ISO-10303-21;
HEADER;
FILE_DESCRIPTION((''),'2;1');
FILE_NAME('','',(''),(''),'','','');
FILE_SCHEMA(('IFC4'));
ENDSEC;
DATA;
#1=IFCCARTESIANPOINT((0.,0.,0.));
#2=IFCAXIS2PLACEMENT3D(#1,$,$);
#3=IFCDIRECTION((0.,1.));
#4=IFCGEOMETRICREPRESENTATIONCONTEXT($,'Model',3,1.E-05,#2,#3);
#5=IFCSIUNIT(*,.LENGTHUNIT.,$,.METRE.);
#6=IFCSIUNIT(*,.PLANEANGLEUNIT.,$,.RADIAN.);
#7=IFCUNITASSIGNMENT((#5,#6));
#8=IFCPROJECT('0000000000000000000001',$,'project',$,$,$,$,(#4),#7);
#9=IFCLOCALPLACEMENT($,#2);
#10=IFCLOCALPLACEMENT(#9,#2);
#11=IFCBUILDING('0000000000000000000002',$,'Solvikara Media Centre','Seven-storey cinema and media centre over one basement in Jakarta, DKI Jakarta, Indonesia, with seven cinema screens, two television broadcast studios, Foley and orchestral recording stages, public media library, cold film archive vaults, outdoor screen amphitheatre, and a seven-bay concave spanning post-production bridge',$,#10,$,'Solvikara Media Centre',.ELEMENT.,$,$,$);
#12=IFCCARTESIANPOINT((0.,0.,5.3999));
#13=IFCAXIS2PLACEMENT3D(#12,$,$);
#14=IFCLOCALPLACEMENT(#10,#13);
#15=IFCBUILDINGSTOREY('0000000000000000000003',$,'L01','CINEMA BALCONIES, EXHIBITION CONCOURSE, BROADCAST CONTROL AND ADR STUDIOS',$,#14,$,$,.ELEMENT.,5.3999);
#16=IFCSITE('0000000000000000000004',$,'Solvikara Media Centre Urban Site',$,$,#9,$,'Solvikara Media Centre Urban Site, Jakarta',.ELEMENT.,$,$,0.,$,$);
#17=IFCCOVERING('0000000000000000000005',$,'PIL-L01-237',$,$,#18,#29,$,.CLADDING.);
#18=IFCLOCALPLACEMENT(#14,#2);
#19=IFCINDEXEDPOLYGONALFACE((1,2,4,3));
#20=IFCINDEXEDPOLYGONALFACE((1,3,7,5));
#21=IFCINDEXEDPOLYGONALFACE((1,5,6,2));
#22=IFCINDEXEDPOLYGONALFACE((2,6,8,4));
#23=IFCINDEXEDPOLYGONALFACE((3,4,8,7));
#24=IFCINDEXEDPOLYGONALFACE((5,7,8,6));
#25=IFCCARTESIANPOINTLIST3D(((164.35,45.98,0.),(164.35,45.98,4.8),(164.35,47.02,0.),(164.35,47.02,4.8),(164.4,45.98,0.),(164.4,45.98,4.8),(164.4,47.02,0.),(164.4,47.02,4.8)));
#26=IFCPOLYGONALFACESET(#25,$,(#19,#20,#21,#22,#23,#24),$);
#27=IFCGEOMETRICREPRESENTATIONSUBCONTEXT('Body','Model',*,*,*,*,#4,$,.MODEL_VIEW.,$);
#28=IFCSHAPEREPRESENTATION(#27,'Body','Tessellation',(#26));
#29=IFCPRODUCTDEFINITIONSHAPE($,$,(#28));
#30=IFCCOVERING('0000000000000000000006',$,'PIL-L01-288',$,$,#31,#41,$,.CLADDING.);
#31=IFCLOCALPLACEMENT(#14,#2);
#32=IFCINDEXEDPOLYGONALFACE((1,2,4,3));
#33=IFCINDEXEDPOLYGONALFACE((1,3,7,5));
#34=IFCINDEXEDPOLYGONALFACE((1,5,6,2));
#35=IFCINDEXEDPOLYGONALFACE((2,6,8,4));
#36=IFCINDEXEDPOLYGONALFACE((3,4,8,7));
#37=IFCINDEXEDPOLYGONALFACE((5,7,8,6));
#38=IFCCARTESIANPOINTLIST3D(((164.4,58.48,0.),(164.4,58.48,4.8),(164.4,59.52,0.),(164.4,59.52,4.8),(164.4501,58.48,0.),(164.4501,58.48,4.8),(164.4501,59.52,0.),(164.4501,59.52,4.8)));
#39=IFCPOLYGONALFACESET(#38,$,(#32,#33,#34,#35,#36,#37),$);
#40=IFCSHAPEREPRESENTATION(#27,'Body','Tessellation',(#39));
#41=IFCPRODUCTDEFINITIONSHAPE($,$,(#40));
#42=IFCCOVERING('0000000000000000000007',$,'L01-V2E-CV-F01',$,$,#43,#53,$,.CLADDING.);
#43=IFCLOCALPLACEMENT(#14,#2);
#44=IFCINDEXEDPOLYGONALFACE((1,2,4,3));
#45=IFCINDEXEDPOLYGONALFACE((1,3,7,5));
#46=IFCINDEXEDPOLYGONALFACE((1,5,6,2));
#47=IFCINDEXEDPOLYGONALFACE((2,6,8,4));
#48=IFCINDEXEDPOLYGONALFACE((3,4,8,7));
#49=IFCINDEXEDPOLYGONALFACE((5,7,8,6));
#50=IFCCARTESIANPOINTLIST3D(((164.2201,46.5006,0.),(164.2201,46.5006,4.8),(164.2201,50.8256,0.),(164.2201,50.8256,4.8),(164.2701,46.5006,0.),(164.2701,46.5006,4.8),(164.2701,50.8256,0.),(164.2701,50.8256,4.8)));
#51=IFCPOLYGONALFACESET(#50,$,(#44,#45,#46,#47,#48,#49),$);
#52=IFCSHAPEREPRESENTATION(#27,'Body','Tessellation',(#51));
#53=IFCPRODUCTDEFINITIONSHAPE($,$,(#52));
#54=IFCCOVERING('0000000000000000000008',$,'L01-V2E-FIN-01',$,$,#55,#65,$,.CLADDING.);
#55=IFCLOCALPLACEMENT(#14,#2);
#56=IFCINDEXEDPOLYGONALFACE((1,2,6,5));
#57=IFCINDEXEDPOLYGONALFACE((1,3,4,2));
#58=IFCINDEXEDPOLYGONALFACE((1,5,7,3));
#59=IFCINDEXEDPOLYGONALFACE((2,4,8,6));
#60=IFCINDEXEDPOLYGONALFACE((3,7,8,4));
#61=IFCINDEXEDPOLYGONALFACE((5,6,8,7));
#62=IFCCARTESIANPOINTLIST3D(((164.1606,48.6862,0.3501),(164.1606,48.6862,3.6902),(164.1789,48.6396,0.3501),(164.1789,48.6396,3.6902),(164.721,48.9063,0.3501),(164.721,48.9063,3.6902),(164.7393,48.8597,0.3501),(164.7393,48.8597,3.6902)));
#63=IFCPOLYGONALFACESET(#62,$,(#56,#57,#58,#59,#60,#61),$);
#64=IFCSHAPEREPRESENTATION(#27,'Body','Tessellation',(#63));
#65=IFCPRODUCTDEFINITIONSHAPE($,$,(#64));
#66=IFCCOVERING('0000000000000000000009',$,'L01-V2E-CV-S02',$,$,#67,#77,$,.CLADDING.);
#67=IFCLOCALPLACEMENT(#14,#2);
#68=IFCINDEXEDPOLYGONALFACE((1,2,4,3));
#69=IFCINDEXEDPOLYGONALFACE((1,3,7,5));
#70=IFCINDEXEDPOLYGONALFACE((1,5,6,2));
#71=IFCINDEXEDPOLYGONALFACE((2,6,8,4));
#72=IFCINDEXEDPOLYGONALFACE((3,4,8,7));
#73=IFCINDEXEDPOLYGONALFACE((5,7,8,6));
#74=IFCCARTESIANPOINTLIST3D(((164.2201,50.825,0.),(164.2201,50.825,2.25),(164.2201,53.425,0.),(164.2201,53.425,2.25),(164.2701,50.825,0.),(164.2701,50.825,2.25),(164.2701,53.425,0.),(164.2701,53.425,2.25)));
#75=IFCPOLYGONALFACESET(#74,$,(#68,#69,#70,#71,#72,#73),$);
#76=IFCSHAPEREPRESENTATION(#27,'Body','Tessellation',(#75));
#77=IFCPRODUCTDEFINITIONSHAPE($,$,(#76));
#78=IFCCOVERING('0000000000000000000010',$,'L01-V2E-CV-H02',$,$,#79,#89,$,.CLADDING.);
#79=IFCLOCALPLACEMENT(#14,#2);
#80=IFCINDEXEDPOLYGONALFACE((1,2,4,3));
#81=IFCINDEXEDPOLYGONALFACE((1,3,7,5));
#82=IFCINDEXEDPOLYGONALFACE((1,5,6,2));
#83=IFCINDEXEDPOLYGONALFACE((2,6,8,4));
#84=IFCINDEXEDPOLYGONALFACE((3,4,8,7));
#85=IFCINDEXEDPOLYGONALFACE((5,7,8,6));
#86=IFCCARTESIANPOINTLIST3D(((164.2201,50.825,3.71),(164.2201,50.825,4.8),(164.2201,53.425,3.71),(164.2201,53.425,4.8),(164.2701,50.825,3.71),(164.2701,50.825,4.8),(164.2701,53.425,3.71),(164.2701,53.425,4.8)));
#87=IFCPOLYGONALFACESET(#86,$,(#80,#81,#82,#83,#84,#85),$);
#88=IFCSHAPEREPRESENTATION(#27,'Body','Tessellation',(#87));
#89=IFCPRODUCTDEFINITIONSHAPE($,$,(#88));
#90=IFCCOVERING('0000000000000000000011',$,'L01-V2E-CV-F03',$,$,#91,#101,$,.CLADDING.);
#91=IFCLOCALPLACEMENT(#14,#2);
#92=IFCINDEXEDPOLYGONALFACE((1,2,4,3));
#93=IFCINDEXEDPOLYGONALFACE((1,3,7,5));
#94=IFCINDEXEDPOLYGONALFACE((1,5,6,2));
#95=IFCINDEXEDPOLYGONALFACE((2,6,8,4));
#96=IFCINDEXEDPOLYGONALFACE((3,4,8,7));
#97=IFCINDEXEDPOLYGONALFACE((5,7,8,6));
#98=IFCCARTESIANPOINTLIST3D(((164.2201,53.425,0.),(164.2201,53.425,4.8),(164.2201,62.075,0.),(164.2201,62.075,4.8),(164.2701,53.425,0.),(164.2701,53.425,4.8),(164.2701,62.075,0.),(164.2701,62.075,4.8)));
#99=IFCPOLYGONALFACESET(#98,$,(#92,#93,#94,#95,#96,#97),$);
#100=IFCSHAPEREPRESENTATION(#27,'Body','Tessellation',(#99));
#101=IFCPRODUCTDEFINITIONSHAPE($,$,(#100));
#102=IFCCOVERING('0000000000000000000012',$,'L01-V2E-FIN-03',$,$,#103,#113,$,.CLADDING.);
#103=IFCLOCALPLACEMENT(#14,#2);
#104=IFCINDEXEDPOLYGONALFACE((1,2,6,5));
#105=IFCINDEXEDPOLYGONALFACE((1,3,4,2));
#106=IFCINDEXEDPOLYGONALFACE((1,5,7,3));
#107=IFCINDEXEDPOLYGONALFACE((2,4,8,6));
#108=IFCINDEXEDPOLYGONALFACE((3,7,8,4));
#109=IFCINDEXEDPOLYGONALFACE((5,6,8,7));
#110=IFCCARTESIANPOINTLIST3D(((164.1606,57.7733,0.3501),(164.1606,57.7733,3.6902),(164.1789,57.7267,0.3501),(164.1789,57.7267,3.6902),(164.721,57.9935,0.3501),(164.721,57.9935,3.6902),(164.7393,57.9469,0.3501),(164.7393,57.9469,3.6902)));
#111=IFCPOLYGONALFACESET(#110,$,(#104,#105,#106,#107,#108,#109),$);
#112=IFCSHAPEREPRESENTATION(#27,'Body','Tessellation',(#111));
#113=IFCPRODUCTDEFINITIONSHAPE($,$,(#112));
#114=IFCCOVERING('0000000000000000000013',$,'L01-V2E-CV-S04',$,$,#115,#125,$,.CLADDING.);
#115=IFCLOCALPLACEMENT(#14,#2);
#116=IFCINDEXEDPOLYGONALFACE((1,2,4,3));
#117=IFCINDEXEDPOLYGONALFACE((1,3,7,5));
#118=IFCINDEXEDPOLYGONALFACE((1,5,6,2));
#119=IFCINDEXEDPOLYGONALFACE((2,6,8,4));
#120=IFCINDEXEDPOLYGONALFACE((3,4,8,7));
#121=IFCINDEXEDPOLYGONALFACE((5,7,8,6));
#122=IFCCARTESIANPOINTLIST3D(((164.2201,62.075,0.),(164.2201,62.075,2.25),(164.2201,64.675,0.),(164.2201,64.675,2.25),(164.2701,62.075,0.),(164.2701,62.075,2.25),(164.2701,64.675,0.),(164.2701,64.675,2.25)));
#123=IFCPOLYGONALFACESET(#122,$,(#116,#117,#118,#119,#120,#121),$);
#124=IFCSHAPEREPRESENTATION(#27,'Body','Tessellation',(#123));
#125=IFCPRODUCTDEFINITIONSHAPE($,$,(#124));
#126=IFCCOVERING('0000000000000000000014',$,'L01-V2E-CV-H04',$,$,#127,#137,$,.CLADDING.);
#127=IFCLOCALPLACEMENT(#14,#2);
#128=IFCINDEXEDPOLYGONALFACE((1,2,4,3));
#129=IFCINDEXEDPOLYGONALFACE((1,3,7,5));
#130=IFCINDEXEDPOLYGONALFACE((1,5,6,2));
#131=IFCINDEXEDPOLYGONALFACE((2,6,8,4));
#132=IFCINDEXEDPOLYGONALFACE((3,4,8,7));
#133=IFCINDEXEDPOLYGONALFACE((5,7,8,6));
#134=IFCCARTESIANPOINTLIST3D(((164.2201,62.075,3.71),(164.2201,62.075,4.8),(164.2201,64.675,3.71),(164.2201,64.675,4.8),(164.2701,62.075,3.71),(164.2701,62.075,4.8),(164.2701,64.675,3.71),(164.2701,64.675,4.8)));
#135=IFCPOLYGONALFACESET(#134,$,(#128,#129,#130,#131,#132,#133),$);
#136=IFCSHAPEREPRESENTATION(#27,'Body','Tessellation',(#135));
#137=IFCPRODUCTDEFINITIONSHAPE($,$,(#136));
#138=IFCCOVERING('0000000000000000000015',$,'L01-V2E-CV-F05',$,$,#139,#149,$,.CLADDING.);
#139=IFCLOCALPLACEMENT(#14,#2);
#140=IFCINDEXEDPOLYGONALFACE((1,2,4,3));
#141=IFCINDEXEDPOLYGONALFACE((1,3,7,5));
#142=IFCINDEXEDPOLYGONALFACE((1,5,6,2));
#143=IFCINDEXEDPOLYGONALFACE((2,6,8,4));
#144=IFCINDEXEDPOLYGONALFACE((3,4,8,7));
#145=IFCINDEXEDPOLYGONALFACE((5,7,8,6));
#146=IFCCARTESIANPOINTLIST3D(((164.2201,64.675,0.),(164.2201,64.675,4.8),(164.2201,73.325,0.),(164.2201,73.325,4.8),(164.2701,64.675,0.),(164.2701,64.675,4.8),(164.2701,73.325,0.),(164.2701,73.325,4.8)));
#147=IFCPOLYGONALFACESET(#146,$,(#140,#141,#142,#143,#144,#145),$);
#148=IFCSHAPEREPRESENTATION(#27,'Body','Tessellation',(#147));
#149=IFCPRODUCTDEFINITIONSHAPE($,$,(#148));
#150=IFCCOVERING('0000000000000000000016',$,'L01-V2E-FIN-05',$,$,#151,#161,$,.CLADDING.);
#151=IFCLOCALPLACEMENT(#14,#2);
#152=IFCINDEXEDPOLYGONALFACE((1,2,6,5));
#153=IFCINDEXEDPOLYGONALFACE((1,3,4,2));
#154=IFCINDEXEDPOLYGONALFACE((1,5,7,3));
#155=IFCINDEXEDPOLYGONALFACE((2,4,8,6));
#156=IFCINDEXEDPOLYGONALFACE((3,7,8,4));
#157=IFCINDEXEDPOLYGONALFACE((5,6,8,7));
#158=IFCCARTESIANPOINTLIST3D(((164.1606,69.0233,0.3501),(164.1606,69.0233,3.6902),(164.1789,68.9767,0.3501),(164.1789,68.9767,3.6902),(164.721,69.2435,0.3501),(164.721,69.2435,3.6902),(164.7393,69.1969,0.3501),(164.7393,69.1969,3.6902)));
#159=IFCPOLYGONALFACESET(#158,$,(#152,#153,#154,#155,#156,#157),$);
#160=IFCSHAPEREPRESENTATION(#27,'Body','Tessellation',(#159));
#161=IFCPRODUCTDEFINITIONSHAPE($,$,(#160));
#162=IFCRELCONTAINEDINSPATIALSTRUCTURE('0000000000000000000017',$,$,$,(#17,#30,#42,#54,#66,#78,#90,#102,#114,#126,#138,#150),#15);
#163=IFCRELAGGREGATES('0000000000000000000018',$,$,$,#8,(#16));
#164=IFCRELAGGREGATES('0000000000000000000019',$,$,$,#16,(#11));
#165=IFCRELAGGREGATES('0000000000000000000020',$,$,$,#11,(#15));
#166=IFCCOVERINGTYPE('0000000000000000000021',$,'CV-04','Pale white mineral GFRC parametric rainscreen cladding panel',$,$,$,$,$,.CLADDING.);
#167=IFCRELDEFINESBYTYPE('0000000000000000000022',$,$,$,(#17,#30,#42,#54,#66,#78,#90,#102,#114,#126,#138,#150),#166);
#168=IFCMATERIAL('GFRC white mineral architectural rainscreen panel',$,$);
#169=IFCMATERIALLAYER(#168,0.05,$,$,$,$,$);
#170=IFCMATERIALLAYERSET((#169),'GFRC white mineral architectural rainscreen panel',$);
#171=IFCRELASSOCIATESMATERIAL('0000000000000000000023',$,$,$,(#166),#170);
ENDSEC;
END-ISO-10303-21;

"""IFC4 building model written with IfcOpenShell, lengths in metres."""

from ifc_helpers import new_model, si_unit, direction, frame, origin, origin_2d, place, context, subcontext, project, spatial, rectangle, extrude, material, layer, layer_set, type_object, element, save


model = new_model("IFC4")

# Units and contexts
model_context = context("Model", 3, precision=1e-05, world=origin(), true_north=direction((0.0, 1.0)))
body_context = subcontext(model_context, "Body", "Model", "MODEL_VIEW")
ifc_project = project(units=[si_unit("LENGTHUNIT", "METRE"), si_unit("PLANEANGLEUNIT", "RADIAN")], contexts=[model_context])

# Site, building, storey
site_placement = place(None, origin())
site = spatial("IfcSite", under=ifc_project, at=site_placement, Name="Solvikara Media Centre Urban Site", LongName="Solvikara Media Centre Urban Site, Jakarta", CompositionType="ELEMENT", RefElevation=0.0)
building_placement = place(site_placement, origin())
building = spatial("IfcBuilding", under=site, at=building_placement, Name="Solvikara Media Centre", Description="Seven-storey cinema and media centre over one basement in Jakarta, DKI Jakarta, Indonesia, with seven cinema screens, two television broadcast studios, Foley and orchestral recording stages, public media library, cold film archive vaults, outdoor screen amphitheatre, and a seven-bay concave spanning post-production bridge", LongName="Solvikara Media Centre", CompositionType="ELEMENT")
storey_placement = place(building_placement, frame((0.0, 0.0, 5.3999)))
storey = spatial("IfcBuildingStorey", under=building, at=storey_placement, Name="L01", Description="CINEMA BALCONIES, EXHIBITION CONCOURSE, BROADCAST CONTROL AND ADR STUDIOS", CompositionType="ELEMENT", Elevation=5.3999)

# Coverings
ifc_material_1 = material(Name="GFRC white mineral architectural rainscreen panel")
ifc_layer_1 = layer(ifc_material_1, 0.05)
ifc_layer_set_1 = layer_set([ifc_layer_1], Name="GFRC white mineral architectural rainscreen panel")
covering_type = type_object("IfcCoveringType", Name="CV-04", Description="Pale white mineral GFRC parametric rainscreen cladding panel", PredefinedType="CLADDING", material=ifc_layer_set_1)
for number, where, z_axis, x_axis, name in (
    (1, (164.375, 46.5, 0.0), (0.0, 0.0, 1.0), (0.0, 1.0, 0.0), "PIL-L01-237"),
    (2, (164.425, 59.0, 0.0), (0.0, 0.0, 1.0), (0.0, 1.0, 0.0), "PIL-L01-288"),
):
    element("IfcCovering", number, at=place(storey_placement, frame(where, z_axis=z_axis, x_axis=x_axis)), inside=storey, type_object=covering_type, Name=name, PredefinedType="CLADDING", context=body_context, shape_type="SweptSolid", body=[
        extrude(rectangle(XDim=1.04, YDim=0.05, at=origin_2d()), origin(), (0.0, 0.0, 1.0), 4.8),
    ])
covering_1_placement = place(storey_placement, frame((164.2451, 48.6631, 0.0), z_axis=(0.0, 0.0, 1.0), x_axis=(0.0, 1.0, 0.0)))
element("IfcCovering", 3, at=covering_1_placement, inside=storey, type_object=covering_type, Name="L01-V2E-CV-F01", PredefinedType="CLADDING", context=body_context, shape_type="SweptSolid", body=[
    extrude(rectangle(XDim=4.325, YDim=0.05, at=origin_2d()), origin(), (0.0, 0.0, 1.0), 4.8),
])
covering_2_placement = place(storey_placement, frame((164.45, 48.7729, 0.3501), z_axis=(0.0, 0.0, 1.0), x_axis=(0.93075, 0.365657, 0.0)))
element("IfcCovering", 4, at=covering_2_placement, inside=storey, type_object=covering_type, Name="L01-V2E-FIN-01", PredefinedType="CLADDING", context=body_context, shape_type="SweptSolid", body=[
    extrude(rectangle(XDim=0.6021, YDim=0.05, at=origin_2d()), origin(), (0.0, 0.0, 1.0), 3.3401),
])
covering_3_placement = place(storey_placement, frame((164.2451, 52.125, 0.0), z_axis=(0.0, 0.0, 1.0), x_axis=(0.0, 1.0, 0.0)))
element("IfcCovering", 5, at=covering_3_placement, inside=storey, type_object=covering_type, Name="L01-V2E-CV-S02", PredefinedType="CLADDING", context=body_context, shape_type="SweptSolid", body=[
    extrude(rectangle(XDim=2.6001, YDim=0.05, at=origin_2d()), origin(), (0.0, 0.0, 1.0), 2.25),
])
covering_4_placement = place(storey_placement, frame((164.2451, 52.125, 3.71), z_axis=(0.0, 0.0, 1.0), x_axis=(0.0, 1.0, 0.0)))
element("IfcCovering", 6, at=covering_4_placement, inside=storey, type_object=covering_type, Name="L01-V2E-CV-H02", PredefinedType="CLADDING", context=body_context, shape_type="SweptSolid", body=[
    extrude(rectangle(XDim=2.6001, YDim=0.05, at=origin_2d()), origin(), (0.0, 0.0, 1.0), 1.0901),
])
covering_5_placement = place(storey_placement, frame((164.2451, 57.75, 0.0), z_axis=(0.0, 0.0, 1.0), x_axis=(0.0, 1.0, 0.0)))
element("IfcCovering", 7, at=covering_5_placement, inside=storey, type_object=covering_type, Name="L01-V2E-CV-F03", PredefinedType="CLADDING", context=body_context, shape_type="SweptSolid", body=[
    extrude(rectangle(XDim=8.6499, YDim=0.05, at=origin_2d()), origin(), (0.0, 0.0, 1.0), 4.8),
])
covering_6_placement = place(storey_placement, frame((164.45, 57.8601, 0.3501), z_axis=(0.0, 0.0, 1.0), x_axis=(0.93075, 0.365657, 0.0)))
element("IfcCovering", 8, at=covering_6_placement, inside=storey, type_object=covering_type, Name="L01-V2E-FIN-03", PredefinedType="CLADDING", context=body_context, shape_type="SweptSolid", body=[
    extrude(rectangle(XDim=0.6021, YDim=0.05, at=origin_2d()), origin(), (0.0, 0.0, 1.0), 3.3401),
])
covering_7_placement = place(storey_placement, frame((164.2451, 63.375, 0.0), z_axis=(0.0, 0.0, 1.0), x_axis=(0.0, 1.0, 0.0)))
element("IfcCovering", 9, at=covering_7_placement, inside=storey, type_object=covering_type, Name="L01-V2E-CV-S04", PredefinedType="CLADDING", context=body_context, shape_type="SweptSolid", body=[
    extrude(rectangle(XDim=2.6001, YDim=0.05, at=origin_2d()), origin(), (0.0, 0.0, 1.0), 2.25),
])
covering_8_placement = place(storey_placement, frame((164.2451, 63.375, 3.71), z_axis=(0.0, 0.0, 1.0), x_axis=(0.0, 1.0, 0.0)))
element("IfcCovering", 10, at=covering_8_placement, inside=storey, type_object=covering_type, Name="L01-V2E-CV-H04", PredefinedType="CLADDING", context=body_context, shape_type="SweptSolid", body=[
    extrude(rectangle(XDim=2.6001, YDim=0.05, at=origin_2d()), origin(), (0.0, 0.0, 1.0), 1.0901),
])
covering_9_placement = place(storey_placement, frame((164.2451, 69.0, 0.0), z_axis=(0.0, 0.0, 1.0), x_axis=(0.0, 1.0, 0.0)))
element("IfcCovering", 11, at=covering_9_placement, inside=storey, type_object=covering_type, Name="L01-V2E-CV-F05", PredefinedType="CLADDING", context=body_context, shape_type="SweptSolid", body=[
    extrude(rectangle(XDim=8.6499, YDim=0.05, at=origin_2d()), origin(), (0.0, 0.0, 1.0), 4.8),
])
covering_10_placement = place(storey_placement, frame((164.45, 69.1101, 0.3501), z_axis=(0.0, 0.0, 1.0), x_axis=(0.93075, 0.365657, 0.0)))
element("IfcCovering", 12, at=covering_10_placement, inside=storey, type_object=covering_type, Name="L01-V2E-FIN-05", PredefinedType="CLADDING", context=body_context, shape_type="SweptSolid", body=[
    extrude(rectangle(XDim=0.6021, YDim=0.05, at=origin_2d()), origin(), (0.0, 0.0, 1.0), 3.3401),
])

save(model, "model.ifc")
